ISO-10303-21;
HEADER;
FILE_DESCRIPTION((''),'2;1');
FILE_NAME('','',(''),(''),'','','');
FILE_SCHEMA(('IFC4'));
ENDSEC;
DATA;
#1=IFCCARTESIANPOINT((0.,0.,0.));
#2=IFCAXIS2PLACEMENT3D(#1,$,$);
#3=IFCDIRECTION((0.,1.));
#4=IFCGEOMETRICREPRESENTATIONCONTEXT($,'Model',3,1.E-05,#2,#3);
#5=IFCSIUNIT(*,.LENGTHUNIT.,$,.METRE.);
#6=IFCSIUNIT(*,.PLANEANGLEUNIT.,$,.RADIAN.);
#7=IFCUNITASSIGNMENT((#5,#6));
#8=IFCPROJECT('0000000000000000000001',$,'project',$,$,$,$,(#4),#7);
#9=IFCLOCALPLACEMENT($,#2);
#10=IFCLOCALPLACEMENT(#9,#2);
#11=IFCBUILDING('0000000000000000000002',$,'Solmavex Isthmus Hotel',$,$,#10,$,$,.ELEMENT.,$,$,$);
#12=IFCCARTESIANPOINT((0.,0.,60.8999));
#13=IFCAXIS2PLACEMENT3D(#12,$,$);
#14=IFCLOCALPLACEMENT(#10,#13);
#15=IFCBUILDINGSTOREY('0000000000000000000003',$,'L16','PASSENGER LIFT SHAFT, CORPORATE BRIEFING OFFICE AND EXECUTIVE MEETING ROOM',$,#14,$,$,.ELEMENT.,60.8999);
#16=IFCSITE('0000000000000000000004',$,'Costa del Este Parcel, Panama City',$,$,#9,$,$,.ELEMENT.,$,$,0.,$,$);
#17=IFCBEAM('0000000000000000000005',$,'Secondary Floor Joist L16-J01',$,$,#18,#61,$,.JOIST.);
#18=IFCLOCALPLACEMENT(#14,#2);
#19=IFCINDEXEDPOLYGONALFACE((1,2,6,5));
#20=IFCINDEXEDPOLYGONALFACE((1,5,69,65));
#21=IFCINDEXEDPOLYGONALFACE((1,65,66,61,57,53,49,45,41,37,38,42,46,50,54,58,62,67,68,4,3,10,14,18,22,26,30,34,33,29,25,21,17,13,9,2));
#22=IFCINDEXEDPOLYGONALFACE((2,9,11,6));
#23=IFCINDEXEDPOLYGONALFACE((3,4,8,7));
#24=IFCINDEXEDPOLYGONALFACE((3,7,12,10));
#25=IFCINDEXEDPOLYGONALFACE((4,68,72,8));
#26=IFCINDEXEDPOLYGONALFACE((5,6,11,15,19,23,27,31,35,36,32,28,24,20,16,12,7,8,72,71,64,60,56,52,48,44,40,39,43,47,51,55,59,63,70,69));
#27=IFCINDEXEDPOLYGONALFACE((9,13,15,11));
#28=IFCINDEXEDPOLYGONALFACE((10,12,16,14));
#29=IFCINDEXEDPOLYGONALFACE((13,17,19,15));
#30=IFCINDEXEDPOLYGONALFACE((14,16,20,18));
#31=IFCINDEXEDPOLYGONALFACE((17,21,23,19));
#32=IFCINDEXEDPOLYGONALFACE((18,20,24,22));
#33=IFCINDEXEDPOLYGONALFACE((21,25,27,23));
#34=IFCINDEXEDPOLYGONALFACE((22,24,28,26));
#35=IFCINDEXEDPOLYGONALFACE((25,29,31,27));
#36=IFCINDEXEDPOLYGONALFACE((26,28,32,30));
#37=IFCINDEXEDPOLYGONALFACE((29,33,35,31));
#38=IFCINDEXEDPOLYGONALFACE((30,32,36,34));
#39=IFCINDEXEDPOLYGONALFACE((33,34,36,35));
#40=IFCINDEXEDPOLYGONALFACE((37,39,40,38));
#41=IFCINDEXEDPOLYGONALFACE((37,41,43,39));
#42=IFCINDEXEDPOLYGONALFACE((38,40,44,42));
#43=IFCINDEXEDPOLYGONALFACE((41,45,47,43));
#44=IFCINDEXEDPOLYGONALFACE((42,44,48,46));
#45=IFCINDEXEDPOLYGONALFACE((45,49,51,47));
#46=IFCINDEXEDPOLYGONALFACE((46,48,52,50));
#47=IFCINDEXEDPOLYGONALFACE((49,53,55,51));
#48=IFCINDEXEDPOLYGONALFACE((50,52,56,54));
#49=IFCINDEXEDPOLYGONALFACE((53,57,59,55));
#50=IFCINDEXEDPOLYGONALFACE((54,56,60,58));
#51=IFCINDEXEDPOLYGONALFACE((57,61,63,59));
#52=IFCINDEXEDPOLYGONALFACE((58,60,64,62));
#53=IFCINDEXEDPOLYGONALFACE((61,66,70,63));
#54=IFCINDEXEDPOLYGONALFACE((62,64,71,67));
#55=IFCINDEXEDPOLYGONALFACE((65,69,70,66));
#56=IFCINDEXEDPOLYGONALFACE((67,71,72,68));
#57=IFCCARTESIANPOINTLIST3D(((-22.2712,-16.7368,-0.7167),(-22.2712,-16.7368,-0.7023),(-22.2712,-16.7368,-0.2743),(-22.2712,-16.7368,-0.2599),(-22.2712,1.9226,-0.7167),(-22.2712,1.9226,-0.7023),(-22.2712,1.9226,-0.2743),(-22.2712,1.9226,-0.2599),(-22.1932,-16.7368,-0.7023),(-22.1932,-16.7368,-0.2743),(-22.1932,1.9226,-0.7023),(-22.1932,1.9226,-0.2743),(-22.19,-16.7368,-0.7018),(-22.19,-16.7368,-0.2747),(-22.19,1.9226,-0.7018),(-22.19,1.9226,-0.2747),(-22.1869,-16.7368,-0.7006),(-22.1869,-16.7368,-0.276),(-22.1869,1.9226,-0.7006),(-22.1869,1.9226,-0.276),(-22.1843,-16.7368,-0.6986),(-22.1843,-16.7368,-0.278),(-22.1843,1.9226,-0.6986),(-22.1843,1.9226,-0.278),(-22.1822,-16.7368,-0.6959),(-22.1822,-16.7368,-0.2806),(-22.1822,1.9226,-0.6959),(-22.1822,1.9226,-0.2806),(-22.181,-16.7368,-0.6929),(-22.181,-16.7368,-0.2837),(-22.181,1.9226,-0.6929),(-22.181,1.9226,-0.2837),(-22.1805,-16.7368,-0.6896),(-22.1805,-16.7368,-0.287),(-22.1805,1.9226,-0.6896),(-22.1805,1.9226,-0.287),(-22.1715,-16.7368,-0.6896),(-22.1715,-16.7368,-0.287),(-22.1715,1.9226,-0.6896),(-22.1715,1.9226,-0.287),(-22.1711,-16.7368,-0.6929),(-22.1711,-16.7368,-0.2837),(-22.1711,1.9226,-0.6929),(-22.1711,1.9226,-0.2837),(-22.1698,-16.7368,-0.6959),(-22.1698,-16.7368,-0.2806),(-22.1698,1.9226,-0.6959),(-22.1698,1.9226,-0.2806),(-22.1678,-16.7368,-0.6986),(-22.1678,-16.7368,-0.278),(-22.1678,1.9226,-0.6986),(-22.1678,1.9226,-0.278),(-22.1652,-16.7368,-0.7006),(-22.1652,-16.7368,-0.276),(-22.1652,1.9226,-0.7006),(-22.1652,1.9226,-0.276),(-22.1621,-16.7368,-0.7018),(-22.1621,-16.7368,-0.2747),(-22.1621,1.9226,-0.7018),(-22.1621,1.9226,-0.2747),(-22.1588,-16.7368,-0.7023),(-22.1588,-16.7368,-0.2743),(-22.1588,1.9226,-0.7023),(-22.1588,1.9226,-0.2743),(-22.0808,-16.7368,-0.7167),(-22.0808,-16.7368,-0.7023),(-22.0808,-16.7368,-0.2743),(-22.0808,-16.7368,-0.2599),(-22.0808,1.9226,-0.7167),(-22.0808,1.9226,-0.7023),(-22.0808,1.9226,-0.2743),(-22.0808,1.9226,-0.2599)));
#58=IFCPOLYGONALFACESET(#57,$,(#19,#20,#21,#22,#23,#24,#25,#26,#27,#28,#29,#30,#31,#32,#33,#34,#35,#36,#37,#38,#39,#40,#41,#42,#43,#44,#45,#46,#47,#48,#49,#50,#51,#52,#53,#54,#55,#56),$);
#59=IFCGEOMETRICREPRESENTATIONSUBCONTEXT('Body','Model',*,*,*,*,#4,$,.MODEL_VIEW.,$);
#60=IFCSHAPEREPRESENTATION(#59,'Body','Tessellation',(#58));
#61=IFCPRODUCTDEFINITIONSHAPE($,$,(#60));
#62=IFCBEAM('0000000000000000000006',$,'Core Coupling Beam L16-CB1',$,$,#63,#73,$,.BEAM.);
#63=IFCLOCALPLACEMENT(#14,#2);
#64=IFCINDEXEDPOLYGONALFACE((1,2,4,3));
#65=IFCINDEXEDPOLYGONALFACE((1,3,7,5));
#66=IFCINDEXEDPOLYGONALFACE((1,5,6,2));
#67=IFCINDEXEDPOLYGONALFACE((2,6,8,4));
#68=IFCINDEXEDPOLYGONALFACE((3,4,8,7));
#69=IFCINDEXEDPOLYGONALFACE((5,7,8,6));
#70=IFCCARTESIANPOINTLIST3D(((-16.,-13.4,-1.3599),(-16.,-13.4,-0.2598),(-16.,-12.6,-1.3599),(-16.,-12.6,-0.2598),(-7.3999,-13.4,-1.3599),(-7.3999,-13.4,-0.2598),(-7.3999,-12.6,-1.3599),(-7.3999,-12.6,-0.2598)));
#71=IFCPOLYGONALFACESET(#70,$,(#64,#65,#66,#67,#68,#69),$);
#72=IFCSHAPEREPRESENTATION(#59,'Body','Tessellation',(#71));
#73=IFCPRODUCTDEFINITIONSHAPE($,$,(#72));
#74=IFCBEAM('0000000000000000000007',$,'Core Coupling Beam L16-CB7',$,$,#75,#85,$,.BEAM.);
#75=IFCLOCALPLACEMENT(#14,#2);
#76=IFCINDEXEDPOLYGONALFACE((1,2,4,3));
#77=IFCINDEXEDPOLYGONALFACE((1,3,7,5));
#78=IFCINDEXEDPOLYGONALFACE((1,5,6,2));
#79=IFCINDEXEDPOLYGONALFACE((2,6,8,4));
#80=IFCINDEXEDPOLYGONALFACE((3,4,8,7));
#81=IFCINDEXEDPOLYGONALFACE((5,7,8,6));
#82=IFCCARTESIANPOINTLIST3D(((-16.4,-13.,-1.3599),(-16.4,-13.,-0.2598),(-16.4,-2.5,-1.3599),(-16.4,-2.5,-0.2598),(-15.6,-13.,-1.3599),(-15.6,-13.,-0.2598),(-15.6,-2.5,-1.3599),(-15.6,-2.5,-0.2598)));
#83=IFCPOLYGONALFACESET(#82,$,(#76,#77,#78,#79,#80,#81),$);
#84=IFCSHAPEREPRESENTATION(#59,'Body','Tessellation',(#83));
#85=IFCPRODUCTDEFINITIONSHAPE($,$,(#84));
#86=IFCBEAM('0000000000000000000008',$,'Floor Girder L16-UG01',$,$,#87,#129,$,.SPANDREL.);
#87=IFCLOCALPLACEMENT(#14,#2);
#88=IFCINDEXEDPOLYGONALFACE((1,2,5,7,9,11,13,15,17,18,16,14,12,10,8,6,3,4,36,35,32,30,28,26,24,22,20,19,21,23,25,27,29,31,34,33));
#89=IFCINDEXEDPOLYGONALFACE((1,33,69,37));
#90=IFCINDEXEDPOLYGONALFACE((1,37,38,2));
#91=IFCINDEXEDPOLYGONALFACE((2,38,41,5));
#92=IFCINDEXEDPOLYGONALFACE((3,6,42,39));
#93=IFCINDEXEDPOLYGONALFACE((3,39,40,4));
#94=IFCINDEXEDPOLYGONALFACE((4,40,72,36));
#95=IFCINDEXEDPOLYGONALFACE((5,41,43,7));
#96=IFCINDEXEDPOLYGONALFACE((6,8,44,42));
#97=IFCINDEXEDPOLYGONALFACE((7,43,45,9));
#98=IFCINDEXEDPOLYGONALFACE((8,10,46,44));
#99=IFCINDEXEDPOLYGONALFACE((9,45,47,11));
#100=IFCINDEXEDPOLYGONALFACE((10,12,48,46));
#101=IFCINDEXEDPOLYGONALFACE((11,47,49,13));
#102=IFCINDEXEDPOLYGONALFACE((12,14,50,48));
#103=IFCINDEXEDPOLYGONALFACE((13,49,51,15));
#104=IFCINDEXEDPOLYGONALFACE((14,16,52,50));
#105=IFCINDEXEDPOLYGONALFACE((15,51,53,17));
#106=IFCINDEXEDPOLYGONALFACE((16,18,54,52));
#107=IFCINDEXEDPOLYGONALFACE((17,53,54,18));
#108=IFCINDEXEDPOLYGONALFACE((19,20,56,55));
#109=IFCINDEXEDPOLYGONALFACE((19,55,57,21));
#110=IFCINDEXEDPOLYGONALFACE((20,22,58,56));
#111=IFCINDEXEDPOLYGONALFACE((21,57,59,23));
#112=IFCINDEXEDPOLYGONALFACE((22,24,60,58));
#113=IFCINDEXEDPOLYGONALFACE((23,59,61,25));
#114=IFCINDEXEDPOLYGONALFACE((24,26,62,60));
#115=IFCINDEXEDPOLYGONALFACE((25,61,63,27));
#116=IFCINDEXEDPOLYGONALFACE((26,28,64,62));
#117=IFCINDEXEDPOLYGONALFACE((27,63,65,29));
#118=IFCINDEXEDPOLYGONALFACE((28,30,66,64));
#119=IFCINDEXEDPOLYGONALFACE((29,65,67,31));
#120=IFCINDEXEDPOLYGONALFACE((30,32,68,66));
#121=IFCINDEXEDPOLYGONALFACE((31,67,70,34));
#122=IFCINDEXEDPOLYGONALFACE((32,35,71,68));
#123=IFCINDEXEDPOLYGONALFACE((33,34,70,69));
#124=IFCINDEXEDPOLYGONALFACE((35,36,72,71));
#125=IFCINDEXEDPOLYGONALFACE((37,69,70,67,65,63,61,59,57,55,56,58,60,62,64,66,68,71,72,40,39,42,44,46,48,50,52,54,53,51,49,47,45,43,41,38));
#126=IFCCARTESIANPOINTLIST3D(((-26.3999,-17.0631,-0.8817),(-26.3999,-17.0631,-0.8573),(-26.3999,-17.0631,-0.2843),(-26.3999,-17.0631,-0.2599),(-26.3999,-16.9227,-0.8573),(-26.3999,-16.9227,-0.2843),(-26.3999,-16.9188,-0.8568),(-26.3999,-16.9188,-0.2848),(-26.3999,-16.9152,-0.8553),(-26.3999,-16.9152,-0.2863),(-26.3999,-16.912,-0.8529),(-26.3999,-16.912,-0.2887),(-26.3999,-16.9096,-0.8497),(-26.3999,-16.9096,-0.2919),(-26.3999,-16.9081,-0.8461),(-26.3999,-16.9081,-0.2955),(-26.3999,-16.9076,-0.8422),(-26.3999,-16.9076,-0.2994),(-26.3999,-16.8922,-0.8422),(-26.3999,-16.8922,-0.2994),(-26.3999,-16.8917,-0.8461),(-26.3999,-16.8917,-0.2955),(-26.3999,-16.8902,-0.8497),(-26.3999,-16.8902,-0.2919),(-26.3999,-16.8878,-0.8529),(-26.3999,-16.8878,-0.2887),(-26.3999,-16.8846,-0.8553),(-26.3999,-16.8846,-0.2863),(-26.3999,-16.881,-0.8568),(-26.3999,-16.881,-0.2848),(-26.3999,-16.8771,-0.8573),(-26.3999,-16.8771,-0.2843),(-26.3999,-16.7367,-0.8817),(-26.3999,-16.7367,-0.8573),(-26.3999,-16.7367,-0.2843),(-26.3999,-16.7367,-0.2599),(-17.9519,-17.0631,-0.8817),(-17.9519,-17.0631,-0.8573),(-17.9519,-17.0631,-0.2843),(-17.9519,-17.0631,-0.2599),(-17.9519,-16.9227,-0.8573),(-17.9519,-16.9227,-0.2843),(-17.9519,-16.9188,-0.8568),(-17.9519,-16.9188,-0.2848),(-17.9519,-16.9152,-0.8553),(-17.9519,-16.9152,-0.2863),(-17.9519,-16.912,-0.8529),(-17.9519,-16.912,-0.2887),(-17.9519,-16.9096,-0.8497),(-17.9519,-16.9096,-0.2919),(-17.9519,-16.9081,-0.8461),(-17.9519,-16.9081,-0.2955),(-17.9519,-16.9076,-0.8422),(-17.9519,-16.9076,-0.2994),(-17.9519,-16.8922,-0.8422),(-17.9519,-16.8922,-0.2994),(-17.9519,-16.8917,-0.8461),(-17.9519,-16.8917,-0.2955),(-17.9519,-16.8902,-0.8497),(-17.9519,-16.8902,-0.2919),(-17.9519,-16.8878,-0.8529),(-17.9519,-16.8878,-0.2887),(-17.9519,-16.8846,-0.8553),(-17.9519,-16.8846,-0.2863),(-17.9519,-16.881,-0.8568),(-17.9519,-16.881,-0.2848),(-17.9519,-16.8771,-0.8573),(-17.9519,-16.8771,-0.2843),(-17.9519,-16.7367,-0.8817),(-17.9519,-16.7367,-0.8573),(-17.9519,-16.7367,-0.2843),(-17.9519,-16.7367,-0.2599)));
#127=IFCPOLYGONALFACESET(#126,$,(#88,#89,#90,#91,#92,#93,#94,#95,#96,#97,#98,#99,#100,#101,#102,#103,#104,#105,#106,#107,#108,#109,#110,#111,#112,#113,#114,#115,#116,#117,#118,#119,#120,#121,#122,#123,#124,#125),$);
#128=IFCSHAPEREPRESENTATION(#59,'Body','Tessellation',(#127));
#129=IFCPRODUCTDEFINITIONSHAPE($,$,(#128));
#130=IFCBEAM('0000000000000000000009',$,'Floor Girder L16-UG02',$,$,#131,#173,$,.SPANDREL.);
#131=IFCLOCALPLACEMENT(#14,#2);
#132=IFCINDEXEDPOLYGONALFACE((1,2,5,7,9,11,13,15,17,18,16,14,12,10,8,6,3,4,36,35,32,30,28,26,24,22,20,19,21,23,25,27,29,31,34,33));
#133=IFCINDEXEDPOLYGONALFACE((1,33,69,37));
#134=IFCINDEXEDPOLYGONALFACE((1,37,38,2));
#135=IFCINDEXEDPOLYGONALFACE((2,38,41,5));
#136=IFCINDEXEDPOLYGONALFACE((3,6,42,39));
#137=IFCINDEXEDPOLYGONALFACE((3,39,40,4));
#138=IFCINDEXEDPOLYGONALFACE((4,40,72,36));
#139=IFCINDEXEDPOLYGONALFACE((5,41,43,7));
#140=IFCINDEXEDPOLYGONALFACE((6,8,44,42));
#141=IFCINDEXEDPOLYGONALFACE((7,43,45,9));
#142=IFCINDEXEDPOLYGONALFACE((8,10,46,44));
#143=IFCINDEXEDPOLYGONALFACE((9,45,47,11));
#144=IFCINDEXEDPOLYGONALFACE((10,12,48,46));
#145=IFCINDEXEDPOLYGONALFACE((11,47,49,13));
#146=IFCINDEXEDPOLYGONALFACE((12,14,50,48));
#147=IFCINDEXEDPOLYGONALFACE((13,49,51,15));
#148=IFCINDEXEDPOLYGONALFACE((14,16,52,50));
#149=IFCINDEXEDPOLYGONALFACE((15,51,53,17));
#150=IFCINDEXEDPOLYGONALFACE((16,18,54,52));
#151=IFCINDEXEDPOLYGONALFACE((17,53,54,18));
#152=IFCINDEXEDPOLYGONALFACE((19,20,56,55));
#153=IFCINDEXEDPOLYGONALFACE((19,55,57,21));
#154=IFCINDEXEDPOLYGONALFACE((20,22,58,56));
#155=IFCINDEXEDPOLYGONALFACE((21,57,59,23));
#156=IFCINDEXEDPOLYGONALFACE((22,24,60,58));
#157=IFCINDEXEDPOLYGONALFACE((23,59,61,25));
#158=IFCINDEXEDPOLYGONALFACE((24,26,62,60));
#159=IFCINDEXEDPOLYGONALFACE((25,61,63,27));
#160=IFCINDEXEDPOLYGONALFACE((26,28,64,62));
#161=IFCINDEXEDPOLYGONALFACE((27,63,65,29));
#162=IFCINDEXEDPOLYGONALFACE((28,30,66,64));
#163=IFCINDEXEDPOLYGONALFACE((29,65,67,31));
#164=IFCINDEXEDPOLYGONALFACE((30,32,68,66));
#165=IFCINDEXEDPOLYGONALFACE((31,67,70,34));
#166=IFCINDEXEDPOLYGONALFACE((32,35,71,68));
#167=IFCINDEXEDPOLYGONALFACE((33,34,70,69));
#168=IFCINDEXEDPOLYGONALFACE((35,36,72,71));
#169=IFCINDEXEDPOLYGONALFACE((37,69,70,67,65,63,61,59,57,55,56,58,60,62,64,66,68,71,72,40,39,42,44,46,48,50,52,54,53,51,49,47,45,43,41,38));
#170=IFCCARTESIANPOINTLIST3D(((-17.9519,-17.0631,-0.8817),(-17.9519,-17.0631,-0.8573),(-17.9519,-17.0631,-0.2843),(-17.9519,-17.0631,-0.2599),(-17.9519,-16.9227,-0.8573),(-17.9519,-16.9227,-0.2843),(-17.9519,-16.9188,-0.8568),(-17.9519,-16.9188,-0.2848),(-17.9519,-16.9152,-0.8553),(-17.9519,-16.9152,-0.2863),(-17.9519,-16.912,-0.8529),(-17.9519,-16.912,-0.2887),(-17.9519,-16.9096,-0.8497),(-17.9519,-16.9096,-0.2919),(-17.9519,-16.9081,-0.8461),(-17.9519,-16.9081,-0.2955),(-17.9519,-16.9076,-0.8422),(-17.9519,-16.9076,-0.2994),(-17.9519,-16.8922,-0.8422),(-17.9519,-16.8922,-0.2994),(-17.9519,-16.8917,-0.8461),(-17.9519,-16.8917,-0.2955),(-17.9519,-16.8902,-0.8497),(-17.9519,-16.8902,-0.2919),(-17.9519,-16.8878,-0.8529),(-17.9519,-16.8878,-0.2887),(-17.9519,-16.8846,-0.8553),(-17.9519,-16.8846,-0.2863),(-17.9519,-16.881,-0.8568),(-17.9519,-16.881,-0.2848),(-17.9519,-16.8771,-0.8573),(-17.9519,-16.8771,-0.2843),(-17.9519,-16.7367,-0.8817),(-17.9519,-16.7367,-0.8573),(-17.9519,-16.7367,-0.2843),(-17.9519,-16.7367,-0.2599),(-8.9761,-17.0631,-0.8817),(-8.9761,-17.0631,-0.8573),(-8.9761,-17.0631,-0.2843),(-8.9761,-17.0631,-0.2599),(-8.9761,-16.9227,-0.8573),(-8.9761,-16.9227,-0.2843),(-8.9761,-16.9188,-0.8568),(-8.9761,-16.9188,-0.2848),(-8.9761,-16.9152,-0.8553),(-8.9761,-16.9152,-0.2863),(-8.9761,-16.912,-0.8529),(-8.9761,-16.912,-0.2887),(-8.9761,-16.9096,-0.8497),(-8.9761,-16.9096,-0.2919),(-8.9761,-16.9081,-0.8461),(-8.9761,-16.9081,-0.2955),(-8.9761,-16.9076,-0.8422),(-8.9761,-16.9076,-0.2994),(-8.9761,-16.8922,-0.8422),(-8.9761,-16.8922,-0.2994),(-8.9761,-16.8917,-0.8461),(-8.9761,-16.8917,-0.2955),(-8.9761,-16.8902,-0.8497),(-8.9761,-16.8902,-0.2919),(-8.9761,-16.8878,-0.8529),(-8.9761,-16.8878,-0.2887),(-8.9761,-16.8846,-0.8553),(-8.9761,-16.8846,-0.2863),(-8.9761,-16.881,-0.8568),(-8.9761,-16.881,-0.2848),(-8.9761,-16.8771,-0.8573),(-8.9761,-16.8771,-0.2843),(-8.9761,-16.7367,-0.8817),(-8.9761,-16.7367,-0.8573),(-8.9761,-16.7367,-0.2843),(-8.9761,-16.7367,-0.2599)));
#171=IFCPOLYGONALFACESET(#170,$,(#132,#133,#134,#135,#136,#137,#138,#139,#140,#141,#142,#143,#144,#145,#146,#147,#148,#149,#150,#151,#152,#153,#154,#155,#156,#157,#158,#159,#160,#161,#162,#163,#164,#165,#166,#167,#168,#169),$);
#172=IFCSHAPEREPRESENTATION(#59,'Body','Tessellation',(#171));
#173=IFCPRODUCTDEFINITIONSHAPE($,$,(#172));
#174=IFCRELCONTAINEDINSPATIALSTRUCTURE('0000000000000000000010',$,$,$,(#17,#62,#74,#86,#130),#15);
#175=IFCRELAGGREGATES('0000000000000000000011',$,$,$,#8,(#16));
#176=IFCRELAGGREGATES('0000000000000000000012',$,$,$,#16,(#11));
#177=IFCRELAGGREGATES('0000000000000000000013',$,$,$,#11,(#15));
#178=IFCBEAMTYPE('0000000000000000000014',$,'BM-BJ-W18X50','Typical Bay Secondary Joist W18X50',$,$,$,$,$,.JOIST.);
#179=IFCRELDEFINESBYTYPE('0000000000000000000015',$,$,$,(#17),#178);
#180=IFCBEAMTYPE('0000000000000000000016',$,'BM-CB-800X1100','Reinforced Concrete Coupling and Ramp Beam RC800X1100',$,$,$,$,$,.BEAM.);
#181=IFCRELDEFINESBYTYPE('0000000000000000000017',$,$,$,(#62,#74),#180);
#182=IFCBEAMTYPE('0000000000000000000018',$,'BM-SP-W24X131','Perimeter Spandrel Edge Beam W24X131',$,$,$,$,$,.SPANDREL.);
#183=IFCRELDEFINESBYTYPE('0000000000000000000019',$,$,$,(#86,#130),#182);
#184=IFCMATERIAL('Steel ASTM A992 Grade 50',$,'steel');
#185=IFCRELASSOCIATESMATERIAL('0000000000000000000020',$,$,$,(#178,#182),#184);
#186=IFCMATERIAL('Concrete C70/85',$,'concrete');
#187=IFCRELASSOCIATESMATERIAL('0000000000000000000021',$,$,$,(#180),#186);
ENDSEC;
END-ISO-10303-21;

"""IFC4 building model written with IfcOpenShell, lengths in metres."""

from ifc_helpers import new_model, si_unit, direction, frame, origin, origin_2d, place, context, subcontext, project, spatial, rectangle, i_section, extrude, material, material_profile, profile_set, type_object, element, save


model = new_model("IFC4")

# Units and contexts
model_context = context("Model", 3, precision=1e-05, world=origin(), true_north=direction((0.0, 1.0)))
body_context = subcontext(model_context, "Body", "Model", "MODEL_VIEW")
ifc_project = project(units=[si_unit("LENGTHUNIT", "METRE"), si_unit("PLANEANGLEUNIT", "RADIAN")], contexts=[model_context])

# Site, building, storey
site_placement = place(None, origin())
site = spatial("IfcSite", under=ifc_project, at=site_placement, Name="Costa del Este Parcel, Panama City", CompositionType="ELEMENT", RefElevation=0.0)
building_placement = place(site_placement, origin())
building = spatial("IfcBuilding", under=site, at=building_placement, Name="Solmavex Isthmus Hotel", CompositionType="ELEMENT")
storey_placement = place(building_placement, frame((0.0, 0.0, 60.8999)))
storey = spatial("IfcBuildingStorey", under=building, at=storey_placement, Name="L16", Description="PASSENGER LIFT SHAFT, CORPORATE BRIEFING OFFICE AND EXECUTIVE MEETING ROOM", CompositionType="ELEMENT", Elevation=60.8999)

# Shared definitions
ifc_material_1 = material(Name="Concrete C70/85", Category="concrete")

# Beams
ifc_material_2 = material(Name="Steel ASTM A992 Grade 50", Category="steel")
ifc_material_profile_1 = material_profile(ifc_material_2, i_section(OverallWidth=0.1904, OverallDepth=0.4568, WebThickness=0.009, FlangeThickness=0.0144, FilletRadius=0.0127, at=origin_2d()), Name="W18X50")
ifc_profile_set_1 = profile_set([ifc_material_profile_1], Name="Steel ASTM A992 Grade 50")
beam_type_1 = type_object("IfcBeamType", Name="BM-BJ-W18X50", Description="Typical Bay Secondary Joist W18X50", PredefinedType="JOIST", material=ifc_profile_set_1)
beam_1_placement = place(storey_placement, frame((-22.176, -16.7368, -0.4883), z_axis=(0.0, 1.0, 0.0), x_axis=(-1.0, 0.0, 0.0)))
element("IfcBeam", 1, at=beam_1_placement, inside=storey, type_object=beam_type_1, Name="Secondary Floor Joist L16-J01", PredefinedType="JOIST", context=body_context, shape_type="SweptSolid", body=[
    extrude(i_section(OverallWidth=0.1904, OverallDepth=0.4568, WebThickness=0.009, FlangeThickness=0.0144, FilletRadius=0.0127, at=origin_2d()), origin(), (0.0, 0.0, 1.0), 18.6594),
])
ifc_material_profile_2 = material_profile(ifc_material_1, rectangle(XDim=0.8, YDim=1.1001, at=origin_2d()), Name="RC800X1100")
ifc_profile_set_2 = profile_set([ifc_material_profile_2], Name="Concrete C70/85")
beam_type_2 = type_object("IfcBeamType", Name="BM-CB-800X1100", Description="Reinforced Concrete Coupling and Ramp Beam RC800X1100", PredefinedType="BEAM", material=ifc_profile_set_2)
beam_2_placement = place(storey_placement, frame((-16.0, -13.0, -0.8098), z_axis=(1.0, 0.0, 0.0), x_axis=(0.0, 1.0, 0.0)))
element("IfcBeam", 2, at=beam_2_placement, inside=storey, type_object=beam_type_2, Name="Core Coupling Beam L16-CB1", PredefinedType="BEAM", context=body_context, shape_type="SweptSolid", body=[
    extrude(rectangle(XDim=0.8, YDim=1.1001, at=origin_2d()), origin(), (0.0, 0.0, 1.0), 8.6001),
])
beam_3_placement = place(storey_placement, frame((-16.0, -13.0, -0.8098), z_axis=(0.0, 1.0, 0.0), x_axis=(-1.0, 0.0, 0.0)))
element("IfcBeam", 3, at=beam_3_placement, inside=storey, type_object=beam_type_2, Name="Core Coupling Beam L16-CB7", PredefinedType="BEAM", context=body_context, shape_type="SweptSolid", body=[
    extrude(rectangle(XDim=0.8, YDim=1.1001, at=origin_2d()), origin(), (0.0, 0.0, 1.0), 10.5),
])
ifc_material_profile_3 = material_profile(ifc_material_2, i_section(OverallWidth=0.3264, OverallDepth=0.6218, WebThickness=0.0154, FlangeThickness=0.0244, FilletRadius=0.0151, at=origin_2d()), Name="W24X131")
ifc_profile_set_3 = profile_set([ifc_material_profile_3], Name="Steel ASTM A992 Grade 50")
beam_type_3 = type_object("IfcBeamType", Name="BM-SP-W24X131", Description="Perimeter Spandrel Edge Beam W24X131", PredefinedType="SPANDREL", material=ifc_profile_set_3)
beam_4_placement = place(storey_placement, frame((-26.3999, -16.8999, -0.5708), z_axis=(1.0, 0.0, 0.0), x_axis=(0.0, 1.0, 0.0)))
element("IfcBeam", 4, at=beam_4_placement, inside=storey, type_object=beam_type_3, Name="Floor Girder L16-UG01", PredefinedType="SPANDREL", context=body_context, shape_type="SweptSolid", body=[
    extrude(i_section(OverallWidth=0.3264, OverallDepth=0.6218, WebThickness=0.0154, FlangeThickness=0.0244, FilletRadius=0.0151, at=origin_2d()), origin(), (0.0, 0.0, 1.0), 8.448),
])
beam_5_placement = place(storey_placement, frame((-17.9519, -16.8999, -0.5708), z_axis=(1.0, 0.0, 0.0), x_axis=(0.0, 1.0, 0.0)))
element("IfcBeam", 5, at=beam_5_placement, inside=storey, type_object=beam_type_3, Name="Floor Girder L16-UG02", PredefinedType="SPANDREL", context=body_context, shape_type="SweptSolid", body=[
    extrude(i_section(OverallWidth=0.3264, OverallDepth=0.6218, WebThickness=0.0154, FlangeThickness=0.0244, FilletRadius=0.0151, at=origin_2d()), origin(), (0.0, 0.0, 1.0), 8.9758),
])

save(model, "model.ifc")
